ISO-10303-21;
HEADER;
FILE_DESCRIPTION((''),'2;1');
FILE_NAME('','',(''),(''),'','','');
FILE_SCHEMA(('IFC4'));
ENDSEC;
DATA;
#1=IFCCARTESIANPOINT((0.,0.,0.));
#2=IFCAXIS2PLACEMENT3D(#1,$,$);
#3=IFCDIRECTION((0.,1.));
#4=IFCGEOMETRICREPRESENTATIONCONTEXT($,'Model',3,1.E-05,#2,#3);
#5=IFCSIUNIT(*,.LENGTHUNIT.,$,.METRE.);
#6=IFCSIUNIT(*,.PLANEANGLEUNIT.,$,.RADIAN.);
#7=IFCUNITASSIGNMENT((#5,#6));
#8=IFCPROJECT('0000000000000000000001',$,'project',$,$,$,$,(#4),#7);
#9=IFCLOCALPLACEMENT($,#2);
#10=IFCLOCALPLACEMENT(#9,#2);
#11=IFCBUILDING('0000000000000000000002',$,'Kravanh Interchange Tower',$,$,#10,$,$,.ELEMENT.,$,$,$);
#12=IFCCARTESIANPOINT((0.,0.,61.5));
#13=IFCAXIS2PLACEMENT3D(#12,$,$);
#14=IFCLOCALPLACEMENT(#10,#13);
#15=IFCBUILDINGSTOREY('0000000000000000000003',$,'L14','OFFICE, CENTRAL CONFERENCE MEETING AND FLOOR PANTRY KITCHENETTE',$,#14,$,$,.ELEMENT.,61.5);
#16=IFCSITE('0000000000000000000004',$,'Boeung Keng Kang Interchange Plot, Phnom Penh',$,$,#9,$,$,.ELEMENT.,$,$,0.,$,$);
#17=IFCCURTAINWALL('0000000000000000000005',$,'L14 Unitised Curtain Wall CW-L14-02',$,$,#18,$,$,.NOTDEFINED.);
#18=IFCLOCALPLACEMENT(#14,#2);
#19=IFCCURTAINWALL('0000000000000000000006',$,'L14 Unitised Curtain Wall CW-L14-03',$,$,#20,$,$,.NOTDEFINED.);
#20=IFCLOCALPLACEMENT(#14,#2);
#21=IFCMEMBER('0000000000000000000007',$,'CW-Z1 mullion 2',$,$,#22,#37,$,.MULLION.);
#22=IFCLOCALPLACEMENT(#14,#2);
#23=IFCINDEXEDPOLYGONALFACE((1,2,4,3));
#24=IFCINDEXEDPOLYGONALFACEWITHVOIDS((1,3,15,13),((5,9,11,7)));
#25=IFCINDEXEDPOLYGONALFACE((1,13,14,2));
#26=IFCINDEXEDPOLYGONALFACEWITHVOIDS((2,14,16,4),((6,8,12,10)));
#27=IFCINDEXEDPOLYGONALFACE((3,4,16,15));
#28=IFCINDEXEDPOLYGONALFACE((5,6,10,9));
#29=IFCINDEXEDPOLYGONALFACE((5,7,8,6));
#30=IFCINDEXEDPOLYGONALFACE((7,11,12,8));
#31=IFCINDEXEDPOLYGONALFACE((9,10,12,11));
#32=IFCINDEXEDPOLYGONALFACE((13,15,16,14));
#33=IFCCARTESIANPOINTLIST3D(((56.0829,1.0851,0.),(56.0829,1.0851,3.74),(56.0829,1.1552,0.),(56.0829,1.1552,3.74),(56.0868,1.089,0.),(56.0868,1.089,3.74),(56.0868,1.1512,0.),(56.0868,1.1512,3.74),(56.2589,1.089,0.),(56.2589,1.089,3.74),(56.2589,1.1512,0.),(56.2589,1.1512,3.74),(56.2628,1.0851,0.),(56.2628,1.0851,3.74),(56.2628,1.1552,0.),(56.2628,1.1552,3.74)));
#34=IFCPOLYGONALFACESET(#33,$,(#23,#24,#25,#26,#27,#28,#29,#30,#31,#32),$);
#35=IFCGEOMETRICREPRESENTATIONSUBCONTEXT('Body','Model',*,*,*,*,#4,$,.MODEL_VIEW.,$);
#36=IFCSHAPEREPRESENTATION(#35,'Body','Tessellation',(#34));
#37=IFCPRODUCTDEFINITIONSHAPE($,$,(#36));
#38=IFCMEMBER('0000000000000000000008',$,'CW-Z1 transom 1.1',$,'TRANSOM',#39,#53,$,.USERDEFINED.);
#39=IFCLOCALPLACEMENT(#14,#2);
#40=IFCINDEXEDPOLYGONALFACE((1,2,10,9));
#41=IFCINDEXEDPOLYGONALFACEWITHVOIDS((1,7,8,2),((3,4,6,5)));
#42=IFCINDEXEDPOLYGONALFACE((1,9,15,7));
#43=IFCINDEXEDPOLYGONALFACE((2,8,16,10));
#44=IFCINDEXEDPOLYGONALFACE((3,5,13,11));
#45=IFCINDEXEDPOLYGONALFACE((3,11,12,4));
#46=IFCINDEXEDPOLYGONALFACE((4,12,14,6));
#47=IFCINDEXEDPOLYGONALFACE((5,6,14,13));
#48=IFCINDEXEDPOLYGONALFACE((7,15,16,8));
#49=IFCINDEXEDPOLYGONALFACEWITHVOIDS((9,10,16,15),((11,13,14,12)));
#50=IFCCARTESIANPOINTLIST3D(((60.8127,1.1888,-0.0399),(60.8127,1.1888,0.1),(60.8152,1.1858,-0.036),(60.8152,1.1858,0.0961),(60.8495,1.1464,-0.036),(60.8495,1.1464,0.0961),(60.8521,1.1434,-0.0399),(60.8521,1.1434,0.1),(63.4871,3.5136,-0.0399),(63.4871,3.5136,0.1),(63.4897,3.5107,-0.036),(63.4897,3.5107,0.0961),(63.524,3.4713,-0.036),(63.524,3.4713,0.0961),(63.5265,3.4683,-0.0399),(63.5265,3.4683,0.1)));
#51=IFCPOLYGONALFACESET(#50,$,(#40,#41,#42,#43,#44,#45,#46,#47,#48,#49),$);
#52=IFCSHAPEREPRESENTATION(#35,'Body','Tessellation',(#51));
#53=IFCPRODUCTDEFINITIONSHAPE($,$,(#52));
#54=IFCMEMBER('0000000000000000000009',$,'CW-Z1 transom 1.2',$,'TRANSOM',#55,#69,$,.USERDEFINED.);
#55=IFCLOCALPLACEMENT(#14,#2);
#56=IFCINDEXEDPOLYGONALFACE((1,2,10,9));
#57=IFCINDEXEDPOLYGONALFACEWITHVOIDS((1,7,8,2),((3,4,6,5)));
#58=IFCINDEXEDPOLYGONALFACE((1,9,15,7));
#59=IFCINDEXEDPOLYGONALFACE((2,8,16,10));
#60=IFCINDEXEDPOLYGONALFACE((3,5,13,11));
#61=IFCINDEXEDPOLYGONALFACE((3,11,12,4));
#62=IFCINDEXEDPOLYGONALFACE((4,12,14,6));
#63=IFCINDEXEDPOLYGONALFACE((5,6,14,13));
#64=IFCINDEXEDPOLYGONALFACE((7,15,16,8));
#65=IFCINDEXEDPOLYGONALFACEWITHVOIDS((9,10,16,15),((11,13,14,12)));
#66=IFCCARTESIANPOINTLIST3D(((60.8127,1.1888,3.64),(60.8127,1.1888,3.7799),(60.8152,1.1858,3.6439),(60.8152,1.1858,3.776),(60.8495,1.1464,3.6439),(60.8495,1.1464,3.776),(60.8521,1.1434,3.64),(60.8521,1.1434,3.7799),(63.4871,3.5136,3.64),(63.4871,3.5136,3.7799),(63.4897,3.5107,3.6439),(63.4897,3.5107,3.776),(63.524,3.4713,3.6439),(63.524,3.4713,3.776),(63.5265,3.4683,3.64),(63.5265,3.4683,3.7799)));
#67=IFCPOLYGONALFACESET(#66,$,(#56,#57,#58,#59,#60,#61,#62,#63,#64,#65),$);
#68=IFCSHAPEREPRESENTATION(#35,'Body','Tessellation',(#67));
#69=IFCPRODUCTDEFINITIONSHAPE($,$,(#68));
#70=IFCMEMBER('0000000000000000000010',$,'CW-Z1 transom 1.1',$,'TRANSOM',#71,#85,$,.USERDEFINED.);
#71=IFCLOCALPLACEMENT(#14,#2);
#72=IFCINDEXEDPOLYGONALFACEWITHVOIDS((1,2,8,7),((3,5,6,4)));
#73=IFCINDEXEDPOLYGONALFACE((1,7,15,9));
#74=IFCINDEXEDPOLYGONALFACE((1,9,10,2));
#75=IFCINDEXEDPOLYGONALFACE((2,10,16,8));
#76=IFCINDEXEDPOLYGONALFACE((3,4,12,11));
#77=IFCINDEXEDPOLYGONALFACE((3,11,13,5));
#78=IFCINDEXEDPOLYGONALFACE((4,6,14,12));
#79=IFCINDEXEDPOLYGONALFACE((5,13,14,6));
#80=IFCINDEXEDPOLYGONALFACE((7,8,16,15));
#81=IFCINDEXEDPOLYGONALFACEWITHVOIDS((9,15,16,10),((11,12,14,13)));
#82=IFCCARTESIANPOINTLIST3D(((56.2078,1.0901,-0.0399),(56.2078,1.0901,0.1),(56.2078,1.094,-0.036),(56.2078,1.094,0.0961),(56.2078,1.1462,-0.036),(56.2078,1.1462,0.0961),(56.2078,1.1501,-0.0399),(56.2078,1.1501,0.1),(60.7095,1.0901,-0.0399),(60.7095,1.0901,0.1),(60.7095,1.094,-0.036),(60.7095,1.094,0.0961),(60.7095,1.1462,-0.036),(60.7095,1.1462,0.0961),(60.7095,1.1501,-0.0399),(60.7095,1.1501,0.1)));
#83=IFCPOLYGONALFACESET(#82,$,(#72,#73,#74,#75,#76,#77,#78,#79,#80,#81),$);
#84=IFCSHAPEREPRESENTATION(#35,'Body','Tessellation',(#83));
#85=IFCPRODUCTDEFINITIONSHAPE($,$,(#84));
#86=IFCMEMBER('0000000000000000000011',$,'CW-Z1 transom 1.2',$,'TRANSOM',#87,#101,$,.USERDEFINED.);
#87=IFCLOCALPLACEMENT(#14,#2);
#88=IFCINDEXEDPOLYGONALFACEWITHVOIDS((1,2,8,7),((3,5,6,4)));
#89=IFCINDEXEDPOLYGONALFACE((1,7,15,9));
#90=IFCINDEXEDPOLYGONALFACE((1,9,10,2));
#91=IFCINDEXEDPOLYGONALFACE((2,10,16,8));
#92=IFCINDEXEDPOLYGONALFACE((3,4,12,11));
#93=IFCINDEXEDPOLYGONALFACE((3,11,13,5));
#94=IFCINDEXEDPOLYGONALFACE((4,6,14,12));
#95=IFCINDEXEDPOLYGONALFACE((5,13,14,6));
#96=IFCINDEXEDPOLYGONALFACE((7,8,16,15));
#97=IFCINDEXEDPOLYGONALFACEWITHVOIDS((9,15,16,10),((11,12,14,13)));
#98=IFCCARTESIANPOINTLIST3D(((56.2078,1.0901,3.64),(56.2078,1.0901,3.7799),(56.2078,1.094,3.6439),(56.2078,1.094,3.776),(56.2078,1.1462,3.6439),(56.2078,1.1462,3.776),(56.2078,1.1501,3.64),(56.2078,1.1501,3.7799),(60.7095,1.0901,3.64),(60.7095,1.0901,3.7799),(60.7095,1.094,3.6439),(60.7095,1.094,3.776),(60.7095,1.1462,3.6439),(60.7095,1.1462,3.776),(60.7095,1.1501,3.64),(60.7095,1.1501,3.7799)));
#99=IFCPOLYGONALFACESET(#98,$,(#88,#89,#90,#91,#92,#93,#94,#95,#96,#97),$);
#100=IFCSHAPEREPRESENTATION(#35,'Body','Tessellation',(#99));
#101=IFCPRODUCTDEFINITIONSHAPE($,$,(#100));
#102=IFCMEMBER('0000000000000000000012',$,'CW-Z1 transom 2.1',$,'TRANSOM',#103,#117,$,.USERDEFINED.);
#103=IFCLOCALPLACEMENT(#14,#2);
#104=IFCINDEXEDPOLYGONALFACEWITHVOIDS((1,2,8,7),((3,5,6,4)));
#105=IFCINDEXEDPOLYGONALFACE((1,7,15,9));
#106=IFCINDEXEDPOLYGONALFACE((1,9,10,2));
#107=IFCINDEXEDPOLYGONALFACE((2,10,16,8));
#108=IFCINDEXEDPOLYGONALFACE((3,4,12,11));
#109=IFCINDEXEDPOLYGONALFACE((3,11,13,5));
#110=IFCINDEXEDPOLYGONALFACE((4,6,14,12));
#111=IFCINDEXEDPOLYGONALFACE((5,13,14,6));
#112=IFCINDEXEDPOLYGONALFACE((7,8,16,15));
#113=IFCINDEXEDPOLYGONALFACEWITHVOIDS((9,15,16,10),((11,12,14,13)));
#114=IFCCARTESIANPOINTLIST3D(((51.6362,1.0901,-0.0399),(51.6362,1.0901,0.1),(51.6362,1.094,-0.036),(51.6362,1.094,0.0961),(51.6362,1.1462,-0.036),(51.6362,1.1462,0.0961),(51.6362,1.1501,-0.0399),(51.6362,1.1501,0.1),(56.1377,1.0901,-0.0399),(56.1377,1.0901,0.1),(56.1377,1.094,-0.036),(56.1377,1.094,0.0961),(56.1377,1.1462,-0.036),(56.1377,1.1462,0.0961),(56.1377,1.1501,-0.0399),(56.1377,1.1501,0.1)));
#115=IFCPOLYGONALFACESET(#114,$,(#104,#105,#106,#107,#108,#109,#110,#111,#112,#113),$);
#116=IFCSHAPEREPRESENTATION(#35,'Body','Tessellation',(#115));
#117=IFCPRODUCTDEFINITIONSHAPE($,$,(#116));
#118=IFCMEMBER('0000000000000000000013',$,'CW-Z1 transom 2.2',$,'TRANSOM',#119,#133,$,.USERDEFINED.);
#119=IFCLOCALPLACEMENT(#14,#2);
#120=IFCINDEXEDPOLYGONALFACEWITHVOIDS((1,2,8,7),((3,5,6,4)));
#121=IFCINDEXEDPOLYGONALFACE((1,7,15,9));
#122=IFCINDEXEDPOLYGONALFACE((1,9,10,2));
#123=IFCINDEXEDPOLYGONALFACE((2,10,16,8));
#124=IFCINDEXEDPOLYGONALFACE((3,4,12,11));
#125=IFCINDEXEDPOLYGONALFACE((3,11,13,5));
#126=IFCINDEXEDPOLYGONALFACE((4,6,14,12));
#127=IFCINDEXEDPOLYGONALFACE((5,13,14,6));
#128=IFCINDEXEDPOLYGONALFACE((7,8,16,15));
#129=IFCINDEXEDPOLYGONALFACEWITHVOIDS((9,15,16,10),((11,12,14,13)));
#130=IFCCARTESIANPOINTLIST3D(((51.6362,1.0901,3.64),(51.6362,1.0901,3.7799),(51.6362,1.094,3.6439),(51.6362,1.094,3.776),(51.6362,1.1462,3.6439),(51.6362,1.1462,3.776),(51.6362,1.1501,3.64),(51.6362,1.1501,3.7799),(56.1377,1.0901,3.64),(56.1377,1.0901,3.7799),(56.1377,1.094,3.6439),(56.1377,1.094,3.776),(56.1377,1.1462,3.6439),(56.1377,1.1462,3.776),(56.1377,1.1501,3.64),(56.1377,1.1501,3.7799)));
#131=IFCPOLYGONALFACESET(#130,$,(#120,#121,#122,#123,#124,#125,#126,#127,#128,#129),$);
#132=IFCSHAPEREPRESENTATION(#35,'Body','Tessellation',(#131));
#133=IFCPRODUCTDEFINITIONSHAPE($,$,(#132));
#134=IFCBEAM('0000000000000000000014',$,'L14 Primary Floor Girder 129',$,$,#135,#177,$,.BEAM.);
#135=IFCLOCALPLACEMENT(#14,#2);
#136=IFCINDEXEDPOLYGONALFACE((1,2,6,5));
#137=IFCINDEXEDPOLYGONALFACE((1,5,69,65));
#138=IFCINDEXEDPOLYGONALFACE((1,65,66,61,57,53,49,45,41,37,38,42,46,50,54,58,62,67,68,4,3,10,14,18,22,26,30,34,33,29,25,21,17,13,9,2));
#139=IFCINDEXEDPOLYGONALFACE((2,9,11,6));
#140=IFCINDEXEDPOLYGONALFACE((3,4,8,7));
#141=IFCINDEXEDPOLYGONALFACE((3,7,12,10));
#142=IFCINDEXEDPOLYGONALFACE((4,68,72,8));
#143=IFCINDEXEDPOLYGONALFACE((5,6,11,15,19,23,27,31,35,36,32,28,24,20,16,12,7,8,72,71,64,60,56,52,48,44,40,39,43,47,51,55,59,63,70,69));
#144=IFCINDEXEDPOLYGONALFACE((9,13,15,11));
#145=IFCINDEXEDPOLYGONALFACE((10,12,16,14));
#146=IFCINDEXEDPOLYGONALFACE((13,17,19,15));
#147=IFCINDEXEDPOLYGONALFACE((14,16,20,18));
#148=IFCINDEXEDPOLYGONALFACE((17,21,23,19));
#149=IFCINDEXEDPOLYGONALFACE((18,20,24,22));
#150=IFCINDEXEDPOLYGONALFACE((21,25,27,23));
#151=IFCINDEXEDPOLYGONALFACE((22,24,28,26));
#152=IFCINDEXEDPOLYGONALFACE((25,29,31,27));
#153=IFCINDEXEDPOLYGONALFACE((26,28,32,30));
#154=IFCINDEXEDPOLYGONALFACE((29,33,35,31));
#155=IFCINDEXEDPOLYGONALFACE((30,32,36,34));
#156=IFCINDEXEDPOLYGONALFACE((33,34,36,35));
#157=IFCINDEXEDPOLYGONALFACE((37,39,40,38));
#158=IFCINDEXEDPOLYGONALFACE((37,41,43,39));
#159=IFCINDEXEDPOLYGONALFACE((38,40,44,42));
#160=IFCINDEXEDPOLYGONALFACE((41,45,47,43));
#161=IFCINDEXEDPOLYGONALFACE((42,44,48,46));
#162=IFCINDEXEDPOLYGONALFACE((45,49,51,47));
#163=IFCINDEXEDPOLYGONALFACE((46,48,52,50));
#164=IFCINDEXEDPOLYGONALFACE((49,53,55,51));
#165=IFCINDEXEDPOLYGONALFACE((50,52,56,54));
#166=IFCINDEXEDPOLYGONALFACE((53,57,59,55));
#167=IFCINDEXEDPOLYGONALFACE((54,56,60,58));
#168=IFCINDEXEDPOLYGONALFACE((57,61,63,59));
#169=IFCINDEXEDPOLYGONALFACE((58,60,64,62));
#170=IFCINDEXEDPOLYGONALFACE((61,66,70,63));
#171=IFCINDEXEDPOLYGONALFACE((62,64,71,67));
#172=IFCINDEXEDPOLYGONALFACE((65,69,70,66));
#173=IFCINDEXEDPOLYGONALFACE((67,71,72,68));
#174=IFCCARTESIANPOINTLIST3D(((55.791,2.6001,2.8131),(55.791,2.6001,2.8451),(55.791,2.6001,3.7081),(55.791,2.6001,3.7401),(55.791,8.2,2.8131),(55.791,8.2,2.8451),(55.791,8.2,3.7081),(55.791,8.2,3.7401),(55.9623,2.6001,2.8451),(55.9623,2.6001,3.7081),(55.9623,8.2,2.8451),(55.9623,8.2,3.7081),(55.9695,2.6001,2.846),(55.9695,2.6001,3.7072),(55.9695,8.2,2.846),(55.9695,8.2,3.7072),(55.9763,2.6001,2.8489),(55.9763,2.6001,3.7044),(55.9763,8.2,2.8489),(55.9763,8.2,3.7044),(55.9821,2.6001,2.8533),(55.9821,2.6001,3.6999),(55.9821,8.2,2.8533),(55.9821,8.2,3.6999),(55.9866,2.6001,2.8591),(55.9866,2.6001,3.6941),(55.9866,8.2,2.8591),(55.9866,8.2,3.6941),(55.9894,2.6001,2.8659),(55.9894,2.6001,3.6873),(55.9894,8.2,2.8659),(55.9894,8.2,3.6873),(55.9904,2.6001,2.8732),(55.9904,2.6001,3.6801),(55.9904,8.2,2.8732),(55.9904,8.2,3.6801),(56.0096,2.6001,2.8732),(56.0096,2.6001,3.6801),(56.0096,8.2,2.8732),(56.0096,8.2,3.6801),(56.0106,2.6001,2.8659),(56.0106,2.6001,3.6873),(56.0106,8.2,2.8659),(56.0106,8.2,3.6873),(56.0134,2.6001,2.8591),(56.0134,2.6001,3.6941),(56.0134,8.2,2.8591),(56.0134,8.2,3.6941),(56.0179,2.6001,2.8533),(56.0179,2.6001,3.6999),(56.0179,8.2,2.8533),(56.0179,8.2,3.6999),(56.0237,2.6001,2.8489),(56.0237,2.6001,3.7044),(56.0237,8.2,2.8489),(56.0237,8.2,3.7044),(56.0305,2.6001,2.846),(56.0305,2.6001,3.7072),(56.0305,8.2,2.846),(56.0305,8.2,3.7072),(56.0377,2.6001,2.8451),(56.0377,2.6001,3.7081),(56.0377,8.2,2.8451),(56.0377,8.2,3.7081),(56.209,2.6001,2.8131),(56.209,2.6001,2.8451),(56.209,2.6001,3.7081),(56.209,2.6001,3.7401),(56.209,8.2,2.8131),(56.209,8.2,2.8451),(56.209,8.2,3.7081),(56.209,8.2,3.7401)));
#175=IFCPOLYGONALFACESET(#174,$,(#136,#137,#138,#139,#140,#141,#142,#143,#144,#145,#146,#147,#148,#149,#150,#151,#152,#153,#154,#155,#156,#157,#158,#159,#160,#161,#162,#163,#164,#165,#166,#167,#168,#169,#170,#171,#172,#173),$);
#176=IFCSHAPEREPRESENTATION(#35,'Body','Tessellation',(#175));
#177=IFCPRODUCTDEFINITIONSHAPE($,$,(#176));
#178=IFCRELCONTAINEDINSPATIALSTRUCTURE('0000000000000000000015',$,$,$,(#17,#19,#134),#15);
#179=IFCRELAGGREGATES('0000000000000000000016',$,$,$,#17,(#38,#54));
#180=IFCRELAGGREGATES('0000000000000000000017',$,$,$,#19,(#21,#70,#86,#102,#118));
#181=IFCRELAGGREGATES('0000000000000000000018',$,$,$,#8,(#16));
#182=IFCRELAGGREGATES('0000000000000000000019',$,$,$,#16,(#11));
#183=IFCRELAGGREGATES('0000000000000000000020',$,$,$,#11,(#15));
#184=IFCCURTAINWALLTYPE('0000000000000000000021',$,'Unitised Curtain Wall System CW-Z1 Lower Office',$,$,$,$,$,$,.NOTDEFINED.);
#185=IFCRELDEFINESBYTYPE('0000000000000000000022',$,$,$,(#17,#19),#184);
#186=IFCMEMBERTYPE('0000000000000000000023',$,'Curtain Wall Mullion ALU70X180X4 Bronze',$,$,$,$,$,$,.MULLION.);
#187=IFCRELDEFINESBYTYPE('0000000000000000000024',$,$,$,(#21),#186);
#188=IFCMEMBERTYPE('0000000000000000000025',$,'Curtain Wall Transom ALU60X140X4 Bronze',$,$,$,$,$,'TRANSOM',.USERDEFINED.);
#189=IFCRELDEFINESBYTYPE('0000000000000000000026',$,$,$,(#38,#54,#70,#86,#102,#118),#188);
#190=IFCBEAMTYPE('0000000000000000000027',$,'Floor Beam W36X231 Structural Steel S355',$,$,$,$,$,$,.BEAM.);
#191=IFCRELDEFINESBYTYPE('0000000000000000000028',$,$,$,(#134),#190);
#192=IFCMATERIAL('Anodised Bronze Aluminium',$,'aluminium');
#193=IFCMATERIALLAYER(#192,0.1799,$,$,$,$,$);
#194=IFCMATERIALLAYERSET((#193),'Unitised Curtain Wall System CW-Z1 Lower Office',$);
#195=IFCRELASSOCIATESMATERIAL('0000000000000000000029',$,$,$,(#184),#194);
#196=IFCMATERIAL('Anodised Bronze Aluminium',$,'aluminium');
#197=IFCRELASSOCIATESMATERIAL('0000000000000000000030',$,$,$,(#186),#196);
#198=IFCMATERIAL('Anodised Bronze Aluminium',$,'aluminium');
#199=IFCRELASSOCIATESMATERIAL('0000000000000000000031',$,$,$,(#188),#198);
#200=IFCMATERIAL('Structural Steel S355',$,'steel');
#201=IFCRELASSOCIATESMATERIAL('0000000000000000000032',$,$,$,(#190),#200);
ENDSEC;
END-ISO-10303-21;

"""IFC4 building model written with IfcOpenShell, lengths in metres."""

from ifc_helpers import new_model, si_unit, direction, frame, origin, origin_2d, place, context, subcontext, project, spatial, hollow_rectangle, i_section, extrude, material, layer, layer_set, material_profile, profile_set, type_object, element, aggregate, save


model = new_model("IFC4")

# Units and contexts
model_context = context("Model", 3, precision=1e-05, world=origin(), true_north=direction((0.0, 1.0)))
body_context = subcontext(model_context, "Body", "Model", "MODEL_VIEW")
ifc_project = project(units=[si_unit("LENGTHUNIT", "METRE"), si_unit("PLANEANGLEUNIT", "RADIAN")], contexts=[model_context])

# Site, building, storey
site_placement = place(None, origin())
site = spatial("IfcSite", under=ifc_project, at=site_placement, Name="Boeung Keng Kang Interchange Plot, Phnom Penh", CompositionType="ELEMENT", RefElevation=0.0)
building_placement = place(site_placement, origin())
building = spatial("IfcBuilding", under=site, at=building_placement, Name="Kravanh Interchange Tower", CompositionType="ELEMENT")
storey_placement = place(building_placement, frame((0.0, 0.0, 61.5)))
storey = spatial("IfcBuildingStorey", under=building, at=storey_placement, Name="L14", Description="OFFICE, CENTRAL CONFERENCE MEETING AND FLOOR PANTRY KITCHENETTE", CompositionType="ELEMENT", Elevation=61.5)

# Curtain walls, member
ifc_material_1 = material(Name="Anodised Bronze Aluminium", Category="aluminium")
ifc_layer_1 = layer(ifc_material_1, 0.1799)
ifc_layer_set_1 = layer_set([ifc_layer_1], Name="Unitised Curtain Wall System CW-Z1 Lower Office")
curtain_wall_type = type_object("IfcCurtainWallType", Name="Unitised Curtain Wall System CW-Z1 Lower Office", PredefinedType="NOTDEFINED", material=ifc_layer_set_1)
curtain_wall_1_placement = place(storey_placement, origin())
curtain_wall_1 = element("IfcCurtainWall", 1, at=curtain_wall_1_placement, inside=storey, type_object=curtain_wall_type, Name="L14 Unitised Curtain Wall CW-L14-02", PredefinedType="NOTDEFINED")
ifc_material_2 = material(Name="Anodised Bronze Aluminium", Category="aluminium")
ifc_material_profile_1 = material_profile(ifc_material_2, hollow_rectangle(XDim=0.0701, YDim=0.1799, WallThickness=0.0039, at=origin_2d()), Name="ALU70X180X4")
ifc_profile_set_1 = profile_set([ifc_material_profile_1], Name="Anodised Bronze Aluminium")
member_type_1 = type_object("IfcMemberType", Name="Curtain Wall Mullion ALU70X180X4 Bronze", PredefinedType="MULLION", material=ifc_profile_set_1)
curtain_wall_2_placement = place(storey_placement, origin())
curtain_wall_2 = element("IfcCurtainWall", 2, at=curtain_wall_2_placement, inside=storey, type_object=curtain_wall_type, Name="L14 Unitised Curtain Wall CW-L14-03", PredefinedType="NOTDEFINED")
member_1_placement = place(storey_placement, frame((56.1729, 1.1201, 0.0), z_axis=(0.0, 0.0, 1.0), x_axis=(0.0, -1.0, 0.0)))
member_1 = element("IfcMember", 3, at=member_1_placement, type_object=member_type_1, Name="CW-Z1 mullion 2", PredefinedType="MULLION", context=body_context, shape_type="SweptSolid", body=[
    extrude(hollow_rectangle(XDim=0.0701, YDim=0.1799, WallThickness=0.0039, at=origin_2d()), origin(), (0.0, 0.0, 1.0), 3.74),
])

# Members
ifc_material_3 = material(Name="Anodised Bronze Aluminium", Category="aluminium")
ifc_material_profile_2 = material_profile(ifc_material_3, hollow_rectangle(XDim=0.0601, YDim=0.1399, WallThickness=0.0039, at=origin_2d()), Name="ALU60X140X4")
ifc_profile_set_2 = profile_set([ifc_material_profile_2], Name="Anodised Bronze Aluminium")
member_type_2 = type_object("IfcMemberType", Name="Curtain Wall Transom ALU60X140X4 Bronze", ElementType="TRANSOM", PredefinedType="USERDEFINED", material=ifc_profile_set_2)
member_2_placement = place(storey_placement, frame((63.5068, 3.491, 0.03), z_axis=(-0.754711, -0.656058, 0.0), x_axis=(0.656058, -0.754711, 0.0)))
member_2 = element("IfcMember", 4, at=member_2_placement, type_object=member_type_2, Name="CW-Z1 transom 1.1", ObjectType="TRANSOM", PredefinedType="USERDEFINED", context=body_context, shape_type="SweptSolid", body=[
    extrude(hollow_rectangle(XDim=0.0601, YDim=0.1399, WallThickness=0.0039, at=origin_2d()), origin(), (0.0, 0.0, 1.0), 3.5437),
])
member_3_placement = place(storey_placement, frame((63.5068, 3.491, 3.71), z_axis=(-0.754711, -0.656058, 0.0), x_axis=(0.656058, -0.754711, 0.0)))
member_3 = element("IfcMember", 5, at=member_3_placement, type_object=member_type_2, Name="CW-Z1 transom 1.2", ObjectType="TRANSOM", PredefinedType="USERDEFINED", context=body_context, shape_type="SweptSolid", body=[
    extrude(hollow_rectangle(XDim=0.0601, YDim=0.1399, WallThickness=0.0039, at=origin_2d()), origin(), (0.0, 0.0, 1.0), 3.5437),
])
member_4_placement = place(storey_placement, frame((60.7095, 1.1201, 0.03), z_axis=(-1.0, 0.0, 0.0), x_axis=(0.0, -1.0, 0.0)))
member_4 = element("IfcMember", 6, at=member_4_placement, type_object=member_type_2, Name="CW-Z1 transom 1.1", ObjectType="TRANSOM", PredefinedType="USERDEFINED", context=body_context, shape_type="SweptSolid", body=[
    extrude(hollow_rectangle(XDim=0.0601, YDim=0.1399, WallThickness=0.0039, at=origin_2d()), origin(), (0.0, 0.0, 1.0), 4.5017),
])
member_5_placement = place(storey_placement, frame((60.7095, 1.1201, 3.71), z_axis=(-1.0, 0.0, 0.0), x_axis=(0.0, -1.0, 0.0)))
member_5 = element("IfcMember", 7, at=member_5_placement, type_object=member_type_2, Name="CW-Z1 transom 1.2", ObjectType="TRANSOM", PredefinedType="USERDEFINED", context=body_context, shape_type="SweptSolid", body=[
    extrude(hollow_rectangle(XDim=0.0601, YDim=0.1399, WallThickness=0.0039, at=origin_2d()), origin(), (0.0, 0.0, 1.0), 4.5017),
])
member_6_placement = place(storey_placement, frame((56.1377, 1.1201, 0.03), z_axis=(-1.0, 0.0, 0.0), x_axis=(0.0, -1.0, 0.0)))
member_6 = element("IfcMember", 8, at=member_6_placement, type_object=member_type_2, Name="CW-Z1 transom 2.1", ObjectType="TRANSOM", PredefinedType="USERDEFINED", context=body_context, shape_type="SweptSolid", body=[
    extrude(hollow_rectangle(XDim=0.0601, YDim=0.1399, WallThickness=0.0039, at=origin_2d()), origin(), (0.0, 0.0, 1.0), 4.5015),
])
member_7_placement = place(storey_placement, frame((56.1377, 1.1201, 3.71), z_axis=(-1.0, 0.0, 0.0), x_axis=(0.0, -1.0, 0.0)))
member_7 = element("IfcMember", 9, at=member_7_placement, type_object=member_type_2, Name="CW-Z1 transom 2.2", ObjectType="TRANSOM", PredefinedType="USERDEFINED", context=body_context, shape_type="SweptSolid", body=[
    extrude(hollow_rectangle(XDim=0.0601, YDim=0.1399, WallThickness=0.0039, at=origin_2d()), origin(), (0.0, 0.0, 1.0), 4.5015),
])

# Beam
ifc_material_4 = material(Name="Structural Steel S355", Category="steel")
ifc_material_profile_3 = material_profile(ifc_material_4, i_section(OverallWidth=0.418, OverallDepth=0.927, WebThickness=0.0193, FlangeThickness=0.032, FilletRadius=0.0281, at=origin_2d()), Name="W36X231")
ifc_profile_set_3 = profile_set([ifc_material_profile_3], Name="Structural Steel S355")
beam_type_1 = type_object("IfcBeamType", Name="Floor Beam W36X231 Structural Steel S355", PredefinedType="BEAM", material=ifc_profile_set_3)
beam_1_placement = place(storey_placement, frame((56.0, 2.6001, 3.2766), z_axis=(0.0, 1.0, 0.0), x_axis=(-1.0, 0.0, 0.0)))
element("IfcBeam", 10, at=beam_1_placement, inside=storey, type_object=beam_type_1, Name="L14 Primary Floor Girder 129", PredefinedType="BEAM", context=body_context, shape_type="SweptSolid", body=[
    extrude(i_section(OverallWidth=0.418, OverallDepth=0.927, WebThickness=0.0193, FlangeThickness=0.032, FilletRadius=0.0281, at=origin_2d()), origin(), (0.0, 0.0, 1.0), 5.5999),
])

aggregate(curtain_wall_1, [member_2, member_3])
aggregate(curtain_wall_2, [member_1, member_4, member_5, member_6, member_7])

save(model, "model.ifc")
